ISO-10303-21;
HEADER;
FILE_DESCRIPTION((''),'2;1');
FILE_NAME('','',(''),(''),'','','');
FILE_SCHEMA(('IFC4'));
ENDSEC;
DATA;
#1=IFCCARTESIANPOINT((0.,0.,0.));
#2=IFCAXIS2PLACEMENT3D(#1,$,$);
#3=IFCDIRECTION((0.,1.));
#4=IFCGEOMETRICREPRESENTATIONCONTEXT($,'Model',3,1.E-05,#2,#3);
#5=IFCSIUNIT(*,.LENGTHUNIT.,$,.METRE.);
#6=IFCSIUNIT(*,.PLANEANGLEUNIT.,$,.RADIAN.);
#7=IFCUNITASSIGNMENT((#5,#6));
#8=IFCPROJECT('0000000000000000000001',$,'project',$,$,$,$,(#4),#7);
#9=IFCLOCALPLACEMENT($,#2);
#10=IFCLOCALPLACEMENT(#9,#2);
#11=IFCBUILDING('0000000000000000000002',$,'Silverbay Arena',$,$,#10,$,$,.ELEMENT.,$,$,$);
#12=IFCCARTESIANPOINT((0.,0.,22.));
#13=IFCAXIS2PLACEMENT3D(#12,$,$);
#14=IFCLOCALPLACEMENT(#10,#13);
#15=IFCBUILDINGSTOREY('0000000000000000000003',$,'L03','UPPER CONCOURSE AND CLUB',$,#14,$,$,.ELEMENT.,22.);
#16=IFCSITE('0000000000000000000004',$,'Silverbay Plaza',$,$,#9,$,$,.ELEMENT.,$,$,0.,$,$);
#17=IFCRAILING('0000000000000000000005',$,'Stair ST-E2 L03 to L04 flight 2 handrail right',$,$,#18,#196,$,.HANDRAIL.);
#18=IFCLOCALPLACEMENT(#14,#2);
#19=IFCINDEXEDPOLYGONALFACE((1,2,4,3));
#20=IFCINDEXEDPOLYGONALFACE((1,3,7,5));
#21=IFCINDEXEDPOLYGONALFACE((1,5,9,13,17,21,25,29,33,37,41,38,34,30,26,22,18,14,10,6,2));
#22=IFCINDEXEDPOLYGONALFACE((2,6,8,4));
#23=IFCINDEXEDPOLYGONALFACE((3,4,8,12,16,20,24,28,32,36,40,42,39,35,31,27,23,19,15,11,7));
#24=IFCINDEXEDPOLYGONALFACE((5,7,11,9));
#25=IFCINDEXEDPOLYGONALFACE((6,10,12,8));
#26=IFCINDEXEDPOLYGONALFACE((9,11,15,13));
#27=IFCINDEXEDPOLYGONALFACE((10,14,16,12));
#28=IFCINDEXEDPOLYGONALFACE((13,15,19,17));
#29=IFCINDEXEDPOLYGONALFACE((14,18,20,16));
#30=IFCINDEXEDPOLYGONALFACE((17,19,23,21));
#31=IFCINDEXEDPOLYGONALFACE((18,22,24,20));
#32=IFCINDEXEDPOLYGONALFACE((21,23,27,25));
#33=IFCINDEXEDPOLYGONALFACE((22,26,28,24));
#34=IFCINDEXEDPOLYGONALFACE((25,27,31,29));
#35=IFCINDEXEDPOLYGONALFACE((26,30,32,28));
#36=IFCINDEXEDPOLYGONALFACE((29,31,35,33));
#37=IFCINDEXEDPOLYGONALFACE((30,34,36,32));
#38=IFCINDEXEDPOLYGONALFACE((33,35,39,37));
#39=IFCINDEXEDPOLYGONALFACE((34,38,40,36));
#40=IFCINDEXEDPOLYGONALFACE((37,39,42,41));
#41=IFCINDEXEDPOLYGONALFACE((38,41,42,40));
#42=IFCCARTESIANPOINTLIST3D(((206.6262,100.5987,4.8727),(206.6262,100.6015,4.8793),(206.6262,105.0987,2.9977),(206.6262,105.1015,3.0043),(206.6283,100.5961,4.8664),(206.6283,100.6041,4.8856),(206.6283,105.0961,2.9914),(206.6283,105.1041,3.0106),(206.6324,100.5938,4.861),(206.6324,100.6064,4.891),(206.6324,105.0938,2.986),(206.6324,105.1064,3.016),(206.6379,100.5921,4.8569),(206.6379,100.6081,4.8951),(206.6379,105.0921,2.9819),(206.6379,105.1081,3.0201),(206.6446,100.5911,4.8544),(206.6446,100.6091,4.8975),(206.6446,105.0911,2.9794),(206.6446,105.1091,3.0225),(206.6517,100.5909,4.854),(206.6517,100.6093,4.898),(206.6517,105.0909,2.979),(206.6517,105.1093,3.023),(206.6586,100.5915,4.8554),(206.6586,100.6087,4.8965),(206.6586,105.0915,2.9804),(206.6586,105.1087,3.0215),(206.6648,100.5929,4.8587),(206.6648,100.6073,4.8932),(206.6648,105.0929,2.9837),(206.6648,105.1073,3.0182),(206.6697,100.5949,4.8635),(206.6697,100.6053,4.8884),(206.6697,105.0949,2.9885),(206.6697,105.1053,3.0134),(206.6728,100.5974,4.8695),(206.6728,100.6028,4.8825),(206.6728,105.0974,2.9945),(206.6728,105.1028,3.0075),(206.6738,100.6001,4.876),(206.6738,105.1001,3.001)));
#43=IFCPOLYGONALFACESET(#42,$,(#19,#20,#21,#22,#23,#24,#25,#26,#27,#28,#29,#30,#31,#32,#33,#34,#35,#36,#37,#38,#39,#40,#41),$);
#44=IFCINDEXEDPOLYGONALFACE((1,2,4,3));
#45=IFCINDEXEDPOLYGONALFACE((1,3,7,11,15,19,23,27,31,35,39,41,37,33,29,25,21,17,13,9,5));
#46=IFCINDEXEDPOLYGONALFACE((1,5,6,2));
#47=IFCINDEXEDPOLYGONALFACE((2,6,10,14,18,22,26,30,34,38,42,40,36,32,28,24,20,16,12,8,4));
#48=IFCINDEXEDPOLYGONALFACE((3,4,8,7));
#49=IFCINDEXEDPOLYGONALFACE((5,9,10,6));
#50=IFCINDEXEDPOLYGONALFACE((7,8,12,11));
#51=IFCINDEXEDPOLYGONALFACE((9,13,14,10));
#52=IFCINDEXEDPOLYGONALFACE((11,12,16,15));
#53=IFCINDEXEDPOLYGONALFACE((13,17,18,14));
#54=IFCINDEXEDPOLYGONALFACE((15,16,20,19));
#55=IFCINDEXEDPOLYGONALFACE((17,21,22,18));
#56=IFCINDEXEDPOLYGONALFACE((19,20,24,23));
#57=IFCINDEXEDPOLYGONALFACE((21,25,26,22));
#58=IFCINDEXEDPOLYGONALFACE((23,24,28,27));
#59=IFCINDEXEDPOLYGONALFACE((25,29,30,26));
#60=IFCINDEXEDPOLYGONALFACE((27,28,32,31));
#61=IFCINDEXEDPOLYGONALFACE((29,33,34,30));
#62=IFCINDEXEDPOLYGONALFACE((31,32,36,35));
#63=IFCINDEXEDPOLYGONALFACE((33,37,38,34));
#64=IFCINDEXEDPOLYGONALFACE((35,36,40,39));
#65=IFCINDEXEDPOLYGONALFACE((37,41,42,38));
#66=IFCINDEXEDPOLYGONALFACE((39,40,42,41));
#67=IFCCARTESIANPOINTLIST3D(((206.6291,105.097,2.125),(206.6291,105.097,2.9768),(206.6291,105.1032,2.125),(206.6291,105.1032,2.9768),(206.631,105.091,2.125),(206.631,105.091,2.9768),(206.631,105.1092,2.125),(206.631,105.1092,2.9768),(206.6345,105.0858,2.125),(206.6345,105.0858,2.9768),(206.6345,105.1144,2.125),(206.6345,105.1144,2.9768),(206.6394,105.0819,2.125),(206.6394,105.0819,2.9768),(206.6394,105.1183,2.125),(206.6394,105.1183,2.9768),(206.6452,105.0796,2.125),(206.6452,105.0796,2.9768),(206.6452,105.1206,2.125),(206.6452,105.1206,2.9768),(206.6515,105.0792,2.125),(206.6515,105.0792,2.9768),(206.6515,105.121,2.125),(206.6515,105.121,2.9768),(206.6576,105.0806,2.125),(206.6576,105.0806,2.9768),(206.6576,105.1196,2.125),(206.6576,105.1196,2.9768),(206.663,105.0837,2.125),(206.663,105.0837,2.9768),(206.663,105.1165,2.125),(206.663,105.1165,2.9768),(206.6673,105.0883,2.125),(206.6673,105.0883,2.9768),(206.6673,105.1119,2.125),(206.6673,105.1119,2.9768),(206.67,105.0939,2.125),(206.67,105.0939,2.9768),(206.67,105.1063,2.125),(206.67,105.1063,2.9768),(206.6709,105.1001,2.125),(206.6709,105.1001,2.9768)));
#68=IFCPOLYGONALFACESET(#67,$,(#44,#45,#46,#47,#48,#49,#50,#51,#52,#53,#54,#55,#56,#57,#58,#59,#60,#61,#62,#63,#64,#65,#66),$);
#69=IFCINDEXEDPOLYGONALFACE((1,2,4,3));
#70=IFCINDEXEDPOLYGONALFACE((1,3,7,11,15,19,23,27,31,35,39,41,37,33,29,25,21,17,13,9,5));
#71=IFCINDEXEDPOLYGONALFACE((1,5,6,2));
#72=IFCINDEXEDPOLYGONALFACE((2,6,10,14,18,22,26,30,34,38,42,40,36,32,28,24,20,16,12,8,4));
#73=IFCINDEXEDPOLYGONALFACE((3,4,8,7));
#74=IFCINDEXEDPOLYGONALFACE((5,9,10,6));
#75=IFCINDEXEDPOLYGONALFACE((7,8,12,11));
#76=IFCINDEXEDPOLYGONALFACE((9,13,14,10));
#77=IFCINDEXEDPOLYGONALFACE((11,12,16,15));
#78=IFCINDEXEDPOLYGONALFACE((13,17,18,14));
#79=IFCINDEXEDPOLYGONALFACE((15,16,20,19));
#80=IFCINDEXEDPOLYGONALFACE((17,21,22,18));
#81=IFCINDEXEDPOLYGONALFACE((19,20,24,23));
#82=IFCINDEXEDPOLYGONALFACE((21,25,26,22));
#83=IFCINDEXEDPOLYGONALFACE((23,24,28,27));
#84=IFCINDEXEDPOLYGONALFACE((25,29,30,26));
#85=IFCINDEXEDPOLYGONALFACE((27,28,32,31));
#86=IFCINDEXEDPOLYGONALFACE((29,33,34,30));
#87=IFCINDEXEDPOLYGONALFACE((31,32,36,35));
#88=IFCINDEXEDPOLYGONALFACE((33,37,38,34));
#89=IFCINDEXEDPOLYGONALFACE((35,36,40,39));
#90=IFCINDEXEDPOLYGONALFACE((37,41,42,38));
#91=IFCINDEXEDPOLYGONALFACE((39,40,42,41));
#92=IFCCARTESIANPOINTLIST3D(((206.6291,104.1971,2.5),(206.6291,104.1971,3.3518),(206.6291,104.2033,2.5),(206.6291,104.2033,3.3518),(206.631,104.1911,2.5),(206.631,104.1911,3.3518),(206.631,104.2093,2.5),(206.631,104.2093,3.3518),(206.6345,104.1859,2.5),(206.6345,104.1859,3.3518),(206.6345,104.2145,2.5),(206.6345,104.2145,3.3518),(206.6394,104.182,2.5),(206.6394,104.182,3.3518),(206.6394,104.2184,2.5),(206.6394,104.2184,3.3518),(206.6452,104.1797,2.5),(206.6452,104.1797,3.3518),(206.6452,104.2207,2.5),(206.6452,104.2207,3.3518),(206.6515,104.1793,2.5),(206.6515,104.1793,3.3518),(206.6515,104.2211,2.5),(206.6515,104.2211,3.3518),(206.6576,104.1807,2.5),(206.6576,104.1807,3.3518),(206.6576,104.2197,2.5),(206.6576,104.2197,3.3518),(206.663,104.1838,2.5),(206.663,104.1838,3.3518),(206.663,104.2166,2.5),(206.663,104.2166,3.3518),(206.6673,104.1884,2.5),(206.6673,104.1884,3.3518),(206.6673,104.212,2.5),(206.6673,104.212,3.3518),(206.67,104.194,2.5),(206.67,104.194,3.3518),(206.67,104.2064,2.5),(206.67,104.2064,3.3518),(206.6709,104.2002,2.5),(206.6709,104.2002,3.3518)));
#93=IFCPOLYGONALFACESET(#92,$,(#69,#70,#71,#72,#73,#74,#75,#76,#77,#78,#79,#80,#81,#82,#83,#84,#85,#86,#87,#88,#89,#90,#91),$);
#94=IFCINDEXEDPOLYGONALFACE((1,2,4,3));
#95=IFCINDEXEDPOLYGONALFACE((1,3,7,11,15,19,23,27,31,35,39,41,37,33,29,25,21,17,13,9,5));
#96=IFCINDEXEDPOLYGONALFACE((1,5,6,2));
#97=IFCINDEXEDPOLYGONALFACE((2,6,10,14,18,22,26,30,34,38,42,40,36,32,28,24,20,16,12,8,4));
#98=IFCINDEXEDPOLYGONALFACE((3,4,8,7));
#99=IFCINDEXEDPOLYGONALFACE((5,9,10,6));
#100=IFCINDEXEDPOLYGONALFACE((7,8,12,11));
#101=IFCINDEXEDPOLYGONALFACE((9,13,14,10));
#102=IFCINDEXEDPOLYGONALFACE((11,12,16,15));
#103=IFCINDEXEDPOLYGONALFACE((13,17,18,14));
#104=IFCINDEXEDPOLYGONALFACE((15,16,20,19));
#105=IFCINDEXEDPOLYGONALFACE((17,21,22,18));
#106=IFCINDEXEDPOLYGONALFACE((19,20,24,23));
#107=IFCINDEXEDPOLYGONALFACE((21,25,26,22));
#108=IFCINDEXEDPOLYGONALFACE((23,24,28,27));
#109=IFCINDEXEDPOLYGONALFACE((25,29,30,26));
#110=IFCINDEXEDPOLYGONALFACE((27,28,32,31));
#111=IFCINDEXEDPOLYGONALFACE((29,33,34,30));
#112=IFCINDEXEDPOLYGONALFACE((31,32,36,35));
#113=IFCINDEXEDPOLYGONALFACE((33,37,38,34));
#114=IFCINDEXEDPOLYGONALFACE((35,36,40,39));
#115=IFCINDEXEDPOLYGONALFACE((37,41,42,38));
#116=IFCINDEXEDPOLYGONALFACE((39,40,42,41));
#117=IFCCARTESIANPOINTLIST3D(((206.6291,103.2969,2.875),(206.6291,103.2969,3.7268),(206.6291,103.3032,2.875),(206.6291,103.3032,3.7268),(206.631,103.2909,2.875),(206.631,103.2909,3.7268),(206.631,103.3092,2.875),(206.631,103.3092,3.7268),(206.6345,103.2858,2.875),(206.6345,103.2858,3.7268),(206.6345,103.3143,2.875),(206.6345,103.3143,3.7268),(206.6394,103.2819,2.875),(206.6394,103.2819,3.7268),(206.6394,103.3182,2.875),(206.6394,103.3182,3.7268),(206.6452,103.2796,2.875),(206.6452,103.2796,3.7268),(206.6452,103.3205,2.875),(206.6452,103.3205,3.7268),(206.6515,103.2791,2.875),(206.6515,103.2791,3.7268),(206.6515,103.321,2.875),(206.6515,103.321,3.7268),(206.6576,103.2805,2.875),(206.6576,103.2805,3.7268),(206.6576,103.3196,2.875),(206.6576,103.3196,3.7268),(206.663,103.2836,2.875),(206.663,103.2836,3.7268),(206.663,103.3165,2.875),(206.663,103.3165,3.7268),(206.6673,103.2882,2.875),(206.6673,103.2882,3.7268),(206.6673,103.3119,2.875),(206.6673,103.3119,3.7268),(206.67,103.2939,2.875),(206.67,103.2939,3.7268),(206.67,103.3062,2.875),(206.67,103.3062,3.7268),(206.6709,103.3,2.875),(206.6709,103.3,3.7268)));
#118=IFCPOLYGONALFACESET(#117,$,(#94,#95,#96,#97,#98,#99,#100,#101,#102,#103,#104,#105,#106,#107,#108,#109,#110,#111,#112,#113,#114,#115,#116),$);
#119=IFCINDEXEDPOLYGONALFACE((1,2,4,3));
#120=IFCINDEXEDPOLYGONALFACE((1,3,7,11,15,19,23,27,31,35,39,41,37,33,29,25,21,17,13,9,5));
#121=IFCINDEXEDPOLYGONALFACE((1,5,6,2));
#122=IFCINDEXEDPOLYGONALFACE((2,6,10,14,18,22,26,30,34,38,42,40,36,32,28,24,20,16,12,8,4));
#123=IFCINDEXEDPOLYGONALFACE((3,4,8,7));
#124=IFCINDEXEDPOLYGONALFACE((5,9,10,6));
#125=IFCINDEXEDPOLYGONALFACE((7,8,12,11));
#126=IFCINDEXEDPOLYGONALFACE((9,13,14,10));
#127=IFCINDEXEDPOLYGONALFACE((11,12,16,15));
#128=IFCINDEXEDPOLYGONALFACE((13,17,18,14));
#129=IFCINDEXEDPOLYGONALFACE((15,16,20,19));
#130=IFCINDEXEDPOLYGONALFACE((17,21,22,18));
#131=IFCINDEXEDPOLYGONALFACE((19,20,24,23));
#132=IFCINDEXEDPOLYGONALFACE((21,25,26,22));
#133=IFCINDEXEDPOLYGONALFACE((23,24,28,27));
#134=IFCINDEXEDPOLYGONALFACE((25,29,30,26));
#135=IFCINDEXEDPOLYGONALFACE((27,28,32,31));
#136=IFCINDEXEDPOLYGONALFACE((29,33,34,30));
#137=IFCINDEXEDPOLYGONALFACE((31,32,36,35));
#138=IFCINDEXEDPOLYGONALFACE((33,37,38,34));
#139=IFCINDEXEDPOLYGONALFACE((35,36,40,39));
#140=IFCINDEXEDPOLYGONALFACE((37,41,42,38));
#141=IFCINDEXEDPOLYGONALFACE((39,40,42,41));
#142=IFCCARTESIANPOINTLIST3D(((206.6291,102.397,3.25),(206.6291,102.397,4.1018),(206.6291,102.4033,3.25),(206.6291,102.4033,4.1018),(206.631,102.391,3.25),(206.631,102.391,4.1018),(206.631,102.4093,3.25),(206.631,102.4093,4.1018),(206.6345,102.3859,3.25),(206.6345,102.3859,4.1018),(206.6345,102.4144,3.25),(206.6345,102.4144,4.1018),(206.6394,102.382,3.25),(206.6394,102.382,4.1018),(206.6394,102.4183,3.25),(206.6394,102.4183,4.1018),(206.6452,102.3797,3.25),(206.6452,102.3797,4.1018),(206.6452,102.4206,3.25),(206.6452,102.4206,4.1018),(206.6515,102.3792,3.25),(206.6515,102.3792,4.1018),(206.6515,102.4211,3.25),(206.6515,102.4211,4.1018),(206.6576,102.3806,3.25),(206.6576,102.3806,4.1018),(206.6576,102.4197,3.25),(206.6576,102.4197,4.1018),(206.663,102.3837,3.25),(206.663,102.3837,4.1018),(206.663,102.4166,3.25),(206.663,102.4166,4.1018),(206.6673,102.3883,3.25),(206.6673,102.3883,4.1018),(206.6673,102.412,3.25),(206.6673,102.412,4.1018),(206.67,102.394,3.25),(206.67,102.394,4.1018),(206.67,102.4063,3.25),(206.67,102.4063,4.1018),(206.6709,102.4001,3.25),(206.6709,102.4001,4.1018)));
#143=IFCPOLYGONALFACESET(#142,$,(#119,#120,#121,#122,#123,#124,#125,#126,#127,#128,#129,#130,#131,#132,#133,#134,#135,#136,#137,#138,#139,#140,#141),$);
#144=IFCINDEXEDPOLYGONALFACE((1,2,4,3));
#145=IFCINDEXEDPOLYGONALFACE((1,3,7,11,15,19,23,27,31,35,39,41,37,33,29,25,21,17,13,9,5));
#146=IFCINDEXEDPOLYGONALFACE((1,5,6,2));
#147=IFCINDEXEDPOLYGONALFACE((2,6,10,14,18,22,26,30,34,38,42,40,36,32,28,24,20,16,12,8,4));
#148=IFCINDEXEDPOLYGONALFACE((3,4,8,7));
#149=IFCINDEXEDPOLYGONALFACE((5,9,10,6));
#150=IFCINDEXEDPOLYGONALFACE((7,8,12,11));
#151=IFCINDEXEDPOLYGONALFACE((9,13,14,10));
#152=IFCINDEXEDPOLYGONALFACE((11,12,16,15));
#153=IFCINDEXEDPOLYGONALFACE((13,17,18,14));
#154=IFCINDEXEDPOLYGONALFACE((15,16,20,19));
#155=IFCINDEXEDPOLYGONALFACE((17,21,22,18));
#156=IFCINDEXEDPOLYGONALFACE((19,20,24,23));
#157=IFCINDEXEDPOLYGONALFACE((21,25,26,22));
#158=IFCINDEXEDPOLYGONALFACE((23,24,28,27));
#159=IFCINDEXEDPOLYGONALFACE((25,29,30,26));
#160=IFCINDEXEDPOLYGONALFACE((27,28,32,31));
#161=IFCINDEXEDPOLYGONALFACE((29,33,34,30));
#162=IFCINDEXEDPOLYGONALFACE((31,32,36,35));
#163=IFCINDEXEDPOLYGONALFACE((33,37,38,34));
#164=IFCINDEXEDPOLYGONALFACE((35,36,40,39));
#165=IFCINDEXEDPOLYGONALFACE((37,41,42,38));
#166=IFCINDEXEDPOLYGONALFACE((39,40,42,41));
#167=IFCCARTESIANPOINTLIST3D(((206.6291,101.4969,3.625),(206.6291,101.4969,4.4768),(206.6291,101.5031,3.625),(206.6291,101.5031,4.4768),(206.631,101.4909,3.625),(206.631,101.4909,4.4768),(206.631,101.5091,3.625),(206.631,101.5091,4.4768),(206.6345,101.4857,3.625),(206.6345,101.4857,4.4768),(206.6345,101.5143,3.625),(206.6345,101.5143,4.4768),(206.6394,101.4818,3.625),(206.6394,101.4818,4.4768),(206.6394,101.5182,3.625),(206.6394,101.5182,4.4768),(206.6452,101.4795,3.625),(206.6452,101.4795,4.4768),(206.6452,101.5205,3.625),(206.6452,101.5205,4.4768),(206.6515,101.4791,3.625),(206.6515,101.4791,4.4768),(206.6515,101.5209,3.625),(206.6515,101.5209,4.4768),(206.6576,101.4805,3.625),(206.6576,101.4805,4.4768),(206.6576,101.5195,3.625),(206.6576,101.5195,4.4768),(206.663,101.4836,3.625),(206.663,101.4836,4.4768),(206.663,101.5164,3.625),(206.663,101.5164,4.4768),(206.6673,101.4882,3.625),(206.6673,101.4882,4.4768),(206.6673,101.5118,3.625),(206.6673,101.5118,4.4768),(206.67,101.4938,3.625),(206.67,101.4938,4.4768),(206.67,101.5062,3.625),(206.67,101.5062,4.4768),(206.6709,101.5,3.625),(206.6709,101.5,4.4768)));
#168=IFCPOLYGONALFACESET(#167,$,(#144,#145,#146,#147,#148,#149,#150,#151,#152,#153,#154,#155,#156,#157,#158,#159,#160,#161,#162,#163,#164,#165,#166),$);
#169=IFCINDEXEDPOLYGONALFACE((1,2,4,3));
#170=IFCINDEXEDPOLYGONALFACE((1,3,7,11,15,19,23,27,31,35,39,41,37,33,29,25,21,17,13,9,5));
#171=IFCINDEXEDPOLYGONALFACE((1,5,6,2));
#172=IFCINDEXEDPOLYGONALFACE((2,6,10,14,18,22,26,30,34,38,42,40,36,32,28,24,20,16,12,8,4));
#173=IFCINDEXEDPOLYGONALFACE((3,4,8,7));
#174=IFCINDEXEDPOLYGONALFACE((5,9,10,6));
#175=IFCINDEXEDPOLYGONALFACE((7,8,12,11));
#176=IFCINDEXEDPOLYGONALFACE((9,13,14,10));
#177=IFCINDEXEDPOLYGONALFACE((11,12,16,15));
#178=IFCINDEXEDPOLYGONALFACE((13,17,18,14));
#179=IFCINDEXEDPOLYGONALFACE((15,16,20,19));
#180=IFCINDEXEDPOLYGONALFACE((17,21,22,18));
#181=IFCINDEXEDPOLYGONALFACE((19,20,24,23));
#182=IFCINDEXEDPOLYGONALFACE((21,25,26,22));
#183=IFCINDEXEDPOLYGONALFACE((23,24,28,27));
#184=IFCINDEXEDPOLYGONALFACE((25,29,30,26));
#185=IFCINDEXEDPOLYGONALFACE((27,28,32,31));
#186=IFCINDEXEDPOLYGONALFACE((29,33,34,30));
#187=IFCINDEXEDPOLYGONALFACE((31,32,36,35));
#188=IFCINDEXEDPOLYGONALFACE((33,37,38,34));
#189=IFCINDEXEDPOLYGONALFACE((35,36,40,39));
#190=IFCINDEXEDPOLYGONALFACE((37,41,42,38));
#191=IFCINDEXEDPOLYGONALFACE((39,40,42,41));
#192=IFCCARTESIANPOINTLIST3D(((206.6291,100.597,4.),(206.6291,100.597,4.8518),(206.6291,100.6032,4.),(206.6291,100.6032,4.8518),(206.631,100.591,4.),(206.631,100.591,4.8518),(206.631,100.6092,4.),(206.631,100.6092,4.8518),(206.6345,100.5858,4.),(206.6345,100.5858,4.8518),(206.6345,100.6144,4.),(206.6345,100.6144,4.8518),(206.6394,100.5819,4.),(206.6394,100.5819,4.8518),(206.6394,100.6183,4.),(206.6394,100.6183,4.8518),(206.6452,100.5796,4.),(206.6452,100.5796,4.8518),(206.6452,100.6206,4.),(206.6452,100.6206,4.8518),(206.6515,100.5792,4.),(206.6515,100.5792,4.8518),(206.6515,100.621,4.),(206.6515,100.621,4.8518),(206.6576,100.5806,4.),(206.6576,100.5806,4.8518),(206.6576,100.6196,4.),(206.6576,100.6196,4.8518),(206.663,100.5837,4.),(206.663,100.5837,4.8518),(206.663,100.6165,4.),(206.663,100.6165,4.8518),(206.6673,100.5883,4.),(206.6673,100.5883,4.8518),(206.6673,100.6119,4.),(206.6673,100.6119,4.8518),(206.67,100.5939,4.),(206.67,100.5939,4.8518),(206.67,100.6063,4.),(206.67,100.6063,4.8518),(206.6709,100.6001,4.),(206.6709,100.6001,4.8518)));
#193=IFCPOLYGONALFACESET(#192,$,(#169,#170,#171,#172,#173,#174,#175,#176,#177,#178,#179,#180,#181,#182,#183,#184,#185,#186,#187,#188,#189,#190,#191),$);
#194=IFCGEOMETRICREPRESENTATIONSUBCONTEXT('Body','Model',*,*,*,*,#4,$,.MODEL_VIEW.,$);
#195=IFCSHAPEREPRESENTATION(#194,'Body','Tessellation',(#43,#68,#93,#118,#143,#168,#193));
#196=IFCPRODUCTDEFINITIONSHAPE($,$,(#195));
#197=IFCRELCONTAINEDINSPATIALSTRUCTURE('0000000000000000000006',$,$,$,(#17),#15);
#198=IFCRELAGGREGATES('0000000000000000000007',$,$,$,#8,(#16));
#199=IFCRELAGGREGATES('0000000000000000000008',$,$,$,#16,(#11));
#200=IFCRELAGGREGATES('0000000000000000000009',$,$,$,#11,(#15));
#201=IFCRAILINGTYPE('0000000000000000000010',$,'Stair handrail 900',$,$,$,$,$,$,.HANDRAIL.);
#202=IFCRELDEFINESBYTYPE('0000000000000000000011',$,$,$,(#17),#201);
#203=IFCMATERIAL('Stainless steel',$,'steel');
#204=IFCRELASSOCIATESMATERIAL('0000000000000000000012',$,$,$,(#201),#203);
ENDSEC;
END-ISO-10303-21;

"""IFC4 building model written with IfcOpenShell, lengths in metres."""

from ifc_helpers import new_model, si_unit, direction, frame, origin, origin_2d, place, context, subcontext, project, spatial, circle, extrude, material, type_object, element, save


model = new_model("IFC4")

# Units and contexts
model_context = context("Model", 3, precision=1e-05, world=origin(), true_north=direction((0.0, 1.0)))
body_context = subcontext(model_context, "Body", "Model", "MODEL_VIEW")
ifc_project = project(units=[si_unit("LENGTHUNIT", "METRE"), si_unit("PLANEANGLEUNIT", "RADIAN")], contexts=[model_context])

# Site, building, storey
site_placement = place(None, origin())
site = spatial("IfcSite", under=ifc_project, at=site_placement, Name="Silverbay Plaza", CompositionType="ELEMENT", RefElevation=0.0)
building_placement = place(site_placement, origin())
building = spatial("IfcBuilding", under=site, at=building_placement, Name="Silverbay Arena", CompositionType="ELEMENT")
storey_placement = place(building_placement, frame((0.0, 0.0, 22.0)))
storey = spatial("IfcBuildingStorey", under=building, at=storey_placement, Name="L03", Description="UPPER CONCOURSE AND CLUB", CompositionType="ELEMENT", Elevation=22.0)

# Railing
ifc_material_1 = material(Name="Stainless steel", Category="steel")
railing_type_1 = type_object("IfcRailingType", Name="Stair handrail 900", PredefinedType="HANDRAIL", material=ifc_material_1)
for number, where, name in (
    (1, (206.6499, 105.1001, 2.125), "Stair ST-E2 L03 to L04 flight 2 handrail right"),
):
    element("IfcRailing", number, at=place(storey_placement, frame(where)), inside=storey, type_object=railing_type_1, Name=name, PredefinedType="HANDRAIL", context=body_context, shape_type="SweptSolid", body=[
        extrude(circle(Radius=0.0239, at=origin_2d()), frame((0.0, 0.0, 0.876), z_axis=(0.0, -0.923077, 0.384615), x_axis=(1.0, 0.0, 0.0)), (0.0, 0.0, 1.0), 4.875),
        extrude(circle(Radius=0.021, at=origin_2d()), origin(), (0.0, 0.0, 1.0), 0.8518),
        extrude(circle(Radius=0.021, at=origin_2d()), frame((0.0, -0.8999, 0.375)), (0.0, 0.0, 1.0), 0.8518),
        extrude(circle(Radius=0.021, at=origin_2d()), frame((0.0, -1.8, 0.75)), (0.0, 0.0, 1.0), 0.8518),
        extrude(circle(Radius=0.021, at=origin_2d()), frame((0.0, -2.7, 1.125)), (0.0, 0.0, 1.0), 0.8518),
        extrude(circle(Radius=0.021, at=origin_2d()), frame((0.0, -3.6001, 1.5)), (0.0, 0.0, 1.0), 0.8518),
        extrude(circle(Radius=0.021, at=origin_2d()), frame((0.0, -4.5, 1.875)), (0.0, 0.0, 1.0), 0.8518),
    ])

save(model, "model.ifc")
